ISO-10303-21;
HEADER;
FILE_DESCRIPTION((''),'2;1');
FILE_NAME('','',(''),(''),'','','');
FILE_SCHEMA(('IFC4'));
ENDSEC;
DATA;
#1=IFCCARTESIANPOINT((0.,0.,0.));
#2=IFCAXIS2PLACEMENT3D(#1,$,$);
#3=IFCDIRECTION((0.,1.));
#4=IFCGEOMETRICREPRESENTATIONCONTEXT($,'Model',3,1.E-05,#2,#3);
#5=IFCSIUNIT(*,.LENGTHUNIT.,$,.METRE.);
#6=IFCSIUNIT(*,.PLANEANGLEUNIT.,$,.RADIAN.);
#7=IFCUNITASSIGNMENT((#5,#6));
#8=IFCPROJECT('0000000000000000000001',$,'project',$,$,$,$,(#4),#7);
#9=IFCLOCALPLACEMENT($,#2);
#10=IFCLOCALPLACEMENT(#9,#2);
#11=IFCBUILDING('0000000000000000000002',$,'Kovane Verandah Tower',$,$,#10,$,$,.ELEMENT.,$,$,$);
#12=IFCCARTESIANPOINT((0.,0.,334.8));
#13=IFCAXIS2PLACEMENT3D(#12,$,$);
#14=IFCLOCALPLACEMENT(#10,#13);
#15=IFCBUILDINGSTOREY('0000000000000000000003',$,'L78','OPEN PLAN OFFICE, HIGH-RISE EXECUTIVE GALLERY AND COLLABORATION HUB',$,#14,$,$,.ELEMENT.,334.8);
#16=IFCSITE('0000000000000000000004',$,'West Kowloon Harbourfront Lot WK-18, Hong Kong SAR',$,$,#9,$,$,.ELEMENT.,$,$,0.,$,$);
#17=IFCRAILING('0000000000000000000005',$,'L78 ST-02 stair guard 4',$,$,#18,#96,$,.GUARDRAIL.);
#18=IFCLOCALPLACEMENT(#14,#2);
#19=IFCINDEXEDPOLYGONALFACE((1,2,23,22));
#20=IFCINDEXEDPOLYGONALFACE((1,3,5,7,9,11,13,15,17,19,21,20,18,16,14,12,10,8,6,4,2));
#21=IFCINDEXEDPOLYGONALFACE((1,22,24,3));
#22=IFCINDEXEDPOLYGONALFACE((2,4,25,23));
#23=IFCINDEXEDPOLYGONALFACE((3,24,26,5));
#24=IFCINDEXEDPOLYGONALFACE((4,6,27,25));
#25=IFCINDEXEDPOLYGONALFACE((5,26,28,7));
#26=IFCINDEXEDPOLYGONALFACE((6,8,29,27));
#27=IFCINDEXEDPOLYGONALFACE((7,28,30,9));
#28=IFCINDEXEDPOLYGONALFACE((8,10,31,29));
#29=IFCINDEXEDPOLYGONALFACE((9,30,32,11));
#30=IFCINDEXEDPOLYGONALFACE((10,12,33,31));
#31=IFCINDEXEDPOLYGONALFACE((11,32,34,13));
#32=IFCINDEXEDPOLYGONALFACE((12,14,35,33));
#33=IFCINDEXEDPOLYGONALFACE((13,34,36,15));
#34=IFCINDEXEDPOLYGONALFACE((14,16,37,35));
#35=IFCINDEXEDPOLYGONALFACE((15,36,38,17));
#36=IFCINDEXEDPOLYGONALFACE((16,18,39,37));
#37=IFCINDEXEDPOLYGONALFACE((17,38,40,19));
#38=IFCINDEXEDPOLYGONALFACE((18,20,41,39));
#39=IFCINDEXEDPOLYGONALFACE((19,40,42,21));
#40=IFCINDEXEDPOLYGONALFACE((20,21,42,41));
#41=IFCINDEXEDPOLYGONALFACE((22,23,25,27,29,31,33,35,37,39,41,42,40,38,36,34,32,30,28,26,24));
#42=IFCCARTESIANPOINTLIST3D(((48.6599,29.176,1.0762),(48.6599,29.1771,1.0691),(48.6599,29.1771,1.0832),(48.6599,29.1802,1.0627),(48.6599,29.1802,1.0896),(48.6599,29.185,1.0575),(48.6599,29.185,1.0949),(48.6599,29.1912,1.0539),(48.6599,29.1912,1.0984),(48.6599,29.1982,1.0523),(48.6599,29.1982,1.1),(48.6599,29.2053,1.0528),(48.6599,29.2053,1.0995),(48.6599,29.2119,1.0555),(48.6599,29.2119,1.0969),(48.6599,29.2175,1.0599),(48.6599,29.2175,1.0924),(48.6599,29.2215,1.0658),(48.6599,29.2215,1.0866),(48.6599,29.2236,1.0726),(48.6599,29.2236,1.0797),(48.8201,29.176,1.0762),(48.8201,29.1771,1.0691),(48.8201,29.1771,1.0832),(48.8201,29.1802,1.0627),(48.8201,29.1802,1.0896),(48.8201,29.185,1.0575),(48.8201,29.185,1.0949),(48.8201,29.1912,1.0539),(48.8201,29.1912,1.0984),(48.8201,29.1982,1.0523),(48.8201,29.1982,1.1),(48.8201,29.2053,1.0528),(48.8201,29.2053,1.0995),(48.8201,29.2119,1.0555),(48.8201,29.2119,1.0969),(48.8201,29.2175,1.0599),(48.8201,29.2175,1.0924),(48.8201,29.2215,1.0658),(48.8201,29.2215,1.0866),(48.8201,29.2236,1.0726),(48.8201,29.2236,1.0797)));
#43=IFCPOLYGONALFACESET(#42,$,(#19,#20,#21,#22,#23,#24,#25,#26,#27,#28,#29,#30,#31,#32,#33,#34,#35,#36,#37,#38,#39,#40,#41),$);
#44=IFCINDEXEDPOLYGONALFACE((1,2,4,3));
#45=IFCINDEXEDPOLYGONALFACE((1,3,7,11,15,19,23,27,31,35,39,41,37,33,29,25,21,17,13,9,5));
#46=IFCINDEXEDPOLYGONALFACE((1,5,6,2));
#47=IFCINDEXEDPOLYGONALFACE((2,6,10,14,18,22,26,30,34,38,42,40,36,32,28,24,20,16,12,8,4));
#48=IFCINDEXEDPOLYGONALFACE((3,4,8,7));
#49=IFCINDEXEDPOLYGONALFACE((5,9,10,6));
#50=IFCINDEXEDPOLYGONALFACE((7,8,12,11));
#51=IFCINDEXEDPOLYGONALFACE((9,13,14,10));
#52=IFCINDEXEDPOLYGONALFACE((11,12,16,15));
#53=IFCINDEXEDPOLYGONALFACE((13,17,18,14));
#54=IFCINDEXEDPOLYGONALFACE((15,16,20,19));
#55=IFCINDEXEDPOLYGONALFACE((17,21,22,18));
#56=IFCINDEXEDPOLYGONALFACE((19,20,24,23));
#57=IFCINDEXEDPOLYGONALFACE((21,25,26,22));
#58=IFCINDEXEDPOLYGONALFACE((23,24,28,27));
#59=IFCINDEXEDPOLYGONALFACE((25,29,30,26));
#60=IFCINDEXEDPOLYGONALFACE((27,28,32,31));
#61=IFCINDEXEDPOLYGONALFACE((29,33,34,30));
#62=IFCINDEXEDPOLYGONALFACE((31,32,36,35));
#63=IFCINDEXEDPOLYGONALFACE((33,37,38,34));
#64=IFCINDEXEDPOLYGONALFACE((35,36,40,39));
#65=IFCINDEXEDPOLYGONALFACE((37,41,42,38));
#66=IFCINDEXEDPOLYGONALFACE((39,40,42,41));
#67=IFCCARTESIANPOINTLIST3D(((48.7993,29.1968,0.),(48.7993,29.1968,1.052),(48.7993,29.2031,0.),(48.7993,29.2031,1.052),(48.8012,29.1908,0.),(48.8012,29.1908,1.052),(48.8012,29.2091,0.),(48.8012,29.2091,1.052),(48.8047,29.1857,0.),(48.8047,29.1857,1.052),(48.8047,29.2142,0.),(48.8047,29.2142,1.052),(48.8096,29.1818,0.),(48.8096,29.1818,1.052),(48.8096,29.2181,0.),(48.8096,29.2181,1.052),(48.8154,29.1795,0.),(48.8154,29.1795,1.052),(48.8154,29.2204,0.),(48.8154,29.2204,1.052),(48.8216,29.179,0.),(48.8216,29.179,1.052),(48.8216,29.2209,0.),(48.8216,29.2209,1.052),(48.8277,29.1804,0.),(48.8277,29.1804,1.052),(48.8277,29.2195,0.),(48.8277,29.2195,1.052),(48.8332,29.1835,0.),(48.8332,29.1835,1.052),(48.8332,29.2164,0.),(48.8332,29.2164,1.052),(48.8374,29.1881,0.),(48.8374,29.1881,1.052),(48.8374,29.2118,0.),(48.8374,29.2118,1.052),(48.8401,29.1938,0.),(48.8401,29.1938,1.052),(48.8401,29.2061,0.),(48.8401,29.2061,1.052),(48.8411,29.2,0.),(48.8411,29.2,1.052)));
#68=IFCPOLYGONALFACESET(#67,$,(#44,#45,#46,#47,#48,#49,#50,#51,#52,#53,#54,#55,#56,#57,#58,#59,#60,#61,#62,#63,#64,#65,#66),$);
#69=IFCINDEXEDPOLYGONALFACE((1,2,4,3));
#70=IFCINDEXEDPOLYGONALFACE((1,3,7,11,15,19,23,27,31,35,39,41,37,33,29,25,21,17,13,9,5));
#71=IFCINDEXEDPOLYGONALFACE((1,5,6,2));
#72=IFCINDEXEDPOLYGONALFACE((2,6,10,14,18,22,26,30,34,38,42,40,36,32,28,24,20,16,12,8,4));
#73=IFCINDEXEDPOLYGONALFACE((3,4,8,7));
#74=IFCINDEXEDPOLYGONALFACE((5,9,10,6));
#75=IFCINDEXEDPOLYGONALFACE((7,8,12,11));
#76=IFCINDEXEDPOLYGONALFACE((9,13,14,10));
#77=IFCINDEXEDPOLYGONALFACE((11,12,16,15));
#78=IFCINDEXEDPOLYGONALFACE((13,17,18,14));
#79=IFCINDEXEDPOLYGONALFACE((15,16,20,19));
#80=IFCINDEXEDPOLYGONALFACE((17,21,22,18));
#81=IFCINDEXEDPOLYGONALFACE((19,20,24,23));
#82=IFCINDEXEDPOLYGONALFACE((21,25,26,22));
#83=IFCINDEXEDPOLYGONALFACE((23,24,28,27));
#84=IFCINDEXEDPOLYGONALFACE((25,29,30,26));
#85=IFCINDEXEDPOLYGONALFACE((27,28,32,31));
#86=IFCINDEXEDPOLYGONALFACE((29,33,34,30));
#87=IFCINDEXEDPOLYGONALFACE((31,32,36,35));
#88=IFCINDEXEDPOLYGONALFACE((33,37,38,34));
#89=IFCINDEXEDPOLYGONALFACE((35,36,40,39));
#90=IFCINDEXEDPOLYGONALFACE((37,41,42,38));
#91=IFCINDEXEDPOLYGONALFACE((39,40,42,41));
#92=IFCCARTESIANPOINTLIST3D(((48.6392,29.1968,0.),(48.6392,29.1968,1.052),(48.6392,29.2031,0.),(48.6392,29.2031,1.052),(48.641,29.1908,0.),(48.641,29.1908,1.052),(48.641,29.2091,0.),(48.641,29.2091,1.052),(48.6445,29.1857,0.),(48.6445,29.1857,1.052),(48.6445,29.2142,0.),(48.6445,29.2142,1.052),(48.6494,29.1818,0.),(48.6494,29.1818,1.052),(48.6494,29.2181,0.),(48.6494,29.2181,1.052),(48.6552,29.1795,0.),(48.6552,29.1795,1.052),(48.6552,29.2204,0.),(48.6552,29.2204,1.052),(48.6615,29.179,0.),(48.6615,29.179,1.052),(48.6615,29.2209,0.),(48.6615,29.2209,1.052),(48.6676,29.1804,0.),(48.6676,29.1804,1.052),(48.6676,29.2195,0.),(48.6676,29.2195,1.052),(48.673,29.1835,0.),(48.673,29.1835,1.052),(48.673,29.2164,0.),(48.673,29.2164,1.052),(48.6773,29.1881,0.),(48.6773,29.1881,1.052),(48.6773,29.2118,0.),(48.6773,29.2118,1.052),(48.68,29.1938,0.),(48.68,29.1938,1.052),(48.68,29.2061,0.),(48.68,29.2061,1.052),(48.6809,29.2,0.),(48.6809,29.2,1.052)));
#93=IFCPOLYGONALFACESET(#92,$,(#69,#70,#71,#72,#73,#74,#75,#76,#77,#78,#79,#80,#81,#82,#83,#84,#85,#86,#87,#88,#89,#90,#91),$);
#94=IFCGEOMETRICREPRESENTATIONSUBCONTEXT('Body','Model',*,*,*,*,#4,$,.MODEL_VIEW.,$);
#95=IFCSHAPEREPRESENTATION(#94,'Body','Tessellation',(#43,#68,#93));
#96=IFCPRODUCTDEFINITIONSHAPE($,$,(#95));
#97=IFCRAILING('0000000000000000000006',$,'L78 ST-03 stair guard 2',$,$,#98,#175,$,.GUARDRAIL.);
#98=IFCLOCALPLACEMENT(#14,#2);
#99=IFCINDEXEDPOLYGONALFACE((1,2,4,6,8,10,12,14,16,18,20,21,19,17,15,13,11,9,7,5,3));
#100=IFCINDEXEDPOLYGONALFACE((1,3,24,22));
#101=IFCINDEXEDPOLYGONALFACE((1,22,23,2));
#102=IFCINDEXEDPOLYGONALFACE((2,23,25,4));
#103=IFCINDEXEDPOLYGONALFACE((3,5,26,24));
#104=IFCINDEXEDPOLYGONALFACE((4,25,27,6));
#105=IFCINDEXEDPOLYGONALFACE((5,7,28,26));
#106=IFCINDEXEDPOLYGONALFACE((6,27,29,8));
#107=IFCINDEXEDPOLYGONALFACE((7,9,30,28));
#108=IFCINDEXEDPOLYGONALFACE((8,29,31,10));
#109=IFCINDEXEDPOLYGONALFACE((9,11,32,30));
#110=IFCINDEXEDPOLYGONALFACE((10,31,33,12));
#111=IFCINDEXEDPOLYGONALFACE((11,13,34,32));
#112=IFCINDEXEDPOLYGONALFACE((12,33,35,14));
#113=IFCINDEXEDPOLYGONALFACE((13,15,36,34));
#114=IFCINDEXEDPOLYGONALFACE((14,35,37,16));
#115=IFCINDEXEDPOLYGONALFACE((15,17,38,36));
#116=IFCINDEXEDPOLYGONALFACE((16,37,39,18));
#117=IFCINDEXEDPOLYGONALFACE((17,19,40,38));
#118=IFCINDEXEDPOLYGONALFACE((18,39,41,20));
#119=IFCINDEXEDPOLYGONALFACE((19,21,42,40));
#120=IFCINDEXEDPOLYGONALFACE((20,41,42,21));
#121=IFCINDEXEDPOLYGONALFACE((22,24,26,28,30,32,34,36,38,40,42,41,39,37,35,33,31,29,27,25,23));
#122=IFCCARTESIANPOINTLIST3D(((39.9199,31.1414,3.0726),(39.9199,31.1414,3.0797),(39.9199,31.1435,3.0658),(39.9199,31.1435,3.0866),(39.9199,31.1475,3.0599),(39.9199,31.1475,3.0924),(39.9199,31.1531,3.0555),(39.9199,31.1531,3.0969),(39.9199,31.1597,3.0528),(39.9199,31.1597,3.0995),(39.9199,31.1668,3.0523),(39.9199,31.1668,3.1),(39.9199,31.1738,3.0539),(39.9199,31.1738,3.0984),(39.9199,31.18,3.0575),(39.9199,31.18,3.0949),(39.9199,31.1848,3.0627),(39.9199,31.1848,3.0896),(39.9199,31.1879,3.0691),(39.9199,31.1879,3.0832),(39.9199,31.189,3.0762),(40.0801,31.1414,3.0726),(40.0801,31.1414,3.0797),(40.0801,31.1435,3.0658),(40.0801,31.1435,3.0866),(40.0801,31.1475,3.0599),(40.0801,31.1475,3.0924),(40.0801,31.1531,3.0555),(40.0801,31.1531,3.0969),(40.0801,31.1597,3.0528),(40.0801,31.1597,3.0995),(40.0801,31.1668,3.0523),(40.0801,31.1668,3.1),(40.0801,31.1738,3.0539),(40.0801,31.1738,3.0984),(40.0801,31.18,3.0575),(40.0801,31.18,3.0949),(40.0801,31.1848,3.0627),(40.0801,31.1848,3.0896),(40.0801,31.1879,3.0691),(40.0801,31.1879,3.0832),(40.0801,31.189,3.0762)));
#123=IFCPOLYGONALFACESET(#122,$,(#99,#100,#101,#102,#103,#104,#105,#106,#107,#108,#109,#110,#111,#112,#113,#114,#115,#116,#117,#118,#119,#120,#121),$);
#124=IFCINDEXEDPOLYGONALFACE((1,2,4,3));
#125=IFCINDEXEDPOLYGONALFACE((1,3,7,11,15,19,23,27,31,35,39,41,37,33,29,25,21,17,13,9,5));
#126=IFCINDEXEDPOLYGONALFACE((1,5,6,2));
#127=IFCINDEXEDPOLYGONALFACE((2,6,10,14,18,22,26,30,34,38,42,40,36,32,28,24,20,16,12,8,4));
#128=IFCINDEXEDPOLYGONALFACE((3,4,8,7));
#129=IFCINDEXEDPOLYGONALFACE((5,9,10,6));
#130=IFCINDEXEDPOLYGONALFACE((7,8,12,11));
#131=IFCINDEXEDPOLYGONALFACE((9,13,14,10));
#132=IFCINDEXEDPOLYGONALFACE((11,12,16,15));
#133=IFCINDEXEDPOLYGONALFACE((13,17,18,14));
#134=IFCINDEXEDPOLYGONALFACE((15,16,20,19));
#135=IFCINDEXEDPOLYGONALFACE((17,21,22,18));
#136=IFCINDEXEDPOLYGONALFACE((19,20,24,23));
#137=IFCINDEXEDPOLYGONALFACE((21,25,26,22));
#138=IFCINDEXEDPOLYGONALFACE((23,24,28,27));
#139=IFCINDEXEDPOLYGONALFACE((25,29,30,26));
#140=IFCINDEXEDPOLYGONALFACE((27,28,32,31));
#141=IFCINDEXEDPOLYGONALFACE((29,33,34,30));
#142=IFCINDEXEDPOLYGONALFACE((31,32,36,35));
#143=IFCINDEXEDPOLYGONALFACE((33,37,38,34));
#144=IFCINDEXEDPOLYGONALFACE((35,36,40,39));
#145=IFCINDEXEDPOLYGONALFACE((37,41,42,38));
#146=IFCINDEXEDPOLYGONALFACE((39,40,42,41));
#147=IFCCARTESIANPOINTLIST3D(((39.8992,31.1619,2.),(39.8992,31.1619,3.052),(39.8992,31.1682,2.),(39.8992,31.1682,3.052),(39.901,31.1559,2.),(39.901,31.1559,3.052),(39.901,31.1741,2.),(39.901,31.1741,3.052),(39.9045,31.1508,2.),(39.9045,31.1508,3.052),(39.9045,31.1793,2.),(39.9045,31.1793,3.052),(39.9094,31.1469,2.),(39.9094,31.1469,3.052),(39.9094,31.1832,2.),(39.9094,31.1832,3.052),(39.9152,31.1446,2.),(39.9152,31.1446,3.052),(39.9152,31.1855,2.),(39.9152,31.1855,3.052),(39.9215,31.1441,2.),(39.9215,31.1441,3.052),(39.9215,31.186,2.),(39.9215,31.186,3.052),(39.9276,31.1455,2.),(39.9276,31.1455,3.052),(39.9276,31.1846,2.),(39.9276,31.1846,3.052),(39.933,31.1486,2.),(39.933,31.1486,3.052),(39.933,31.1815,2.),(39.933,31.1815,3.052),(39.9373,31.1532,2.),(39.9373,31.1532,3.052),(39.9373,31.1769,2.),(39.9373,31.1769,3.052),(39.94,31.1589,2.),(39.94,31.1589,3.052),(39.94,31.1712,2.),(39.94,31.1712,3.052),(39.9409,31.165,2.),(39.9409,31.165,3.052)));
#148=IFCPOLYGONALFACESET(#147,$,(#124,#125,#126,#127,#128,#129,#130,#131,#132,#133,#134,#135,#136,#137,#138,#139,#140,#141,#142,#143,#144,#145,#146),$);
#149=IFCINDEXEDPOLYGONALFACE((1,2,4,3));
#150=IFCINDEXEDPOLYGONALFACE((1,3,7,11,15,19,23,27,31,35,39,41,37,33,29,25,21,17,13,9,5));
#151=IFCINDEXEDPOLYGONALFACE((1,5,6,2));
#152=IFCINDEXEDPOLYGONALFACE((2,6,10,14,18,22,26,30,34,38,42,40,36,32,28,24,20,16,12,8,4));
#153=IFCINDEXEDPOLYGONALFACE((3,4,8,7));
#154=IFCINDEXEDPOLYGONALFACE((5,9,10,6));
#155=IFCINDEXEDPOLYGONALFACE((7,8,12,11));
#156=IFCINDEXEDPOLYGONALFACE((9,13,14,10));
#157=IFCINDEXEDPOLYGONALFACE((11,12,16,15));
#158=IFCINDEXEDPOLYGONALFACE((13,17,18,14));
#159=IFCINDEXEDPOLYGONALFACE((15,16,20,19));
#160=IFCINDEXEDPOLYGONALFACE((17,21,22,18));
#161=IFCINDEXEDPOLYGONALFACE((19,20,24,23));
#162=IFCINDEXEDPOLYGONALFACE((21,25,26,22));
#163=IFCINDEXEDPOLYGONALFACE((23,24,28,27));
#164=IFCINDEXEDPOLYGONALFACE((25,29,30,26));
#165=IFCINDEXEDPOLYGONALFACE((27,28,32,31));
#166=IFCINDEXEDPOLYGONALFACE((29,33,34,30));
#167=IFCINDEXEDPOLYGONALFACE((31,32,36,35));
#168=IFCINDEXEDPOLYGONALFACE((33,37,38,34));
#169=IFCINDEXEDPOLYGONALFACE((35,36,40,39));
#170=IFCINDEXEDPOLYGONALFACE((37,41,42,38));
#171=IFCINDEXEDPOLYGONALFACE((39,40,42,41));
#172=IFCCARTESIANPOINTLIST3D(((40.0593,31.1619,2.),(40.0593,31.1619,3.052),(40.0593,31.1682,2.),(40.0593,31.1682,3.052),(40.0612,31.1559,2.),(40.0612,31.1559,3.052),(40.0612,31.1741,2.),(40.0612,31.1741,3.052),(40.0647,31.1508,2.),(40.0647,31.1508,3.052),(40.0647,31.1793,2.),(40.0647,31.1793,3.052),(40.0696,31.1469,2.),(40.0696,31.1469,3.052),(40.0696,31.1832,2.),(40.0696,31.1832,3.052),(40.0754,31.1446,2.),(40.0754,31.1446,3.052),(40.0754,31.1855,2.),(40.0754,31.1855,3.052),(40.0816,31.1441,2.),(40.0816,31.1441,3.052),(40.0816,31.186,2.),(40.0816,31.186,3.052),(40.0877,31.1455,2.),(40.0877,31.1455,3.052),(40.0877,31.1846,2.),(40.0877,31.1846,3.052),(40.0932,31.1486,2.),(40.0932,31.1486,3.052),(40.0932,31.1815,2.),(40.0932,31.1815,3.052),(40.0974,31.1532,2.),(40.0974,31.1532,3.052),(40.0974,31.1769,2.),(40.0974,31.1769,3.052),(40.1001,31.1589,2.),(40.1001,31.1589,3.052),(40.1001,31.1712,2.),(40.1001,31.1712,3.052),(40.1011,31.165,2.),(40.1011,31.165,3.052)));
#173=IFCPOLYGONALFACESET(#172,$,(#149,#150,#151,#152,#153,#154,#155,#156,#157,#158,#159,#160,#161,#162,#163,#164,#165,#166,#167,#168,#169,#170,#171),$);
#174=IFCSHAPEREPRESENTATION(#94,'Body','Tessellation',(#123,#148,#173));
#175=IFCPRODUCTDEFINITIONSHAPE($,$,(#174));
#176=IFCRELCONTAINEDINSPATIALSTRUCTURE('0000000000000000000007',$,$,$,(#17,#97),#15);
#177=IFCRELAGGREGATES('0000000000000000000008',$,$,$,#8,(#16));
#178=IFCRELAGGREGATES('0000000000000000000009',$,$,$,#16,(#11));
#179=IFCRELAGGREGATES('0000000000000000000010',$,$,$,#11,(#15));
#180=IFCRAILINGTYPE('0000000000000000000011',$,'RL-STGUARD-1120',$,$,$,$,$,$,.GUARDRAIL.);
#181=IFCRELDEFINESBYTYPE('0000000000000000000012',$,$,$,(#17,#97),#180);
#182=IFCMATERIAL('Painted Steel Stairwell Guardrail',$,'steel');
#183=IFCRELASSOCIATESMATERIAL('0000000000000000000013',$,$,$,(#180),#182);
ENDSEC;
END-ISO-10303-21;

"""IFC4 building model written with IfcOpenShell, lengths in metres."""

from ifc_helpers import new_model, si_unit, direction, frame, origin, origin_2d, place, context, subcontext, project, spatial, circle, extrude, material, type_object, element, save


model = new_model("IFC4")

# Units and contexts
model_context = context("Model", 3, precision=1e-05, world=origin(), true_north=direction((0.0, 1.0)))
body_context = subcontext(model_context, "Body", "Model", "MODEL_VIEW")
ifc_project = project(units=[si_unit("LENGTHUNIT", "METRE"), si_unit("PLANEANGLEUNIT", "RADIAN")], contexts=[model_context])

# Site, building, storey
site_placement = place(None, origin())
site = spatial("IfcSite", under=ifc_project, at=site_placement, Name="West Kowloon Harbourfront Lot WK-18, Hong Kong SAR", CompositionType="ELEMENT", RefElevation=0.0)
building_placement = place(site_placement, origin())
building = spatial("IfcBuilding", under=site, at=building_placement, Name="Kovane Verandah Tower", CompositionType="ELEMENT")
storey_placement = place(building_placement, frame((0.0, 0.0, 334.8)))
storey = spatial("IfcBuildingStorey", under=building, at=storey_placement, Name="L78", Description="OPEN PLAN OFFICE, HIGH-RISE EXECUTIVE GALLERY AND COLLABORATION HUB", CompositionType="ELEMENT", Elevation=334.8)

# Railings
ifc_material_1 = material(Name="Painted Steel Stairwell Guardrail", Category="steel")
railing_type_1 = type_object("IfcRailingType", Name="RL-STGUARD-1120", PredefinedType="GUARDRAIL", material=ifc_material_1)
railing_1_placement = place(storey_placement, frame((48.8201, 29.2, 0.0)))
element("IfcRailing", 1, at=railing_1_placement, inside=storey, type_object=railing_type_1, Name="L78 ST-02 stair guard 4", PredefinedType="GUARDRAIL", context=body_context, shape_type="SweptSolid", body=[
    extrude(circle(Radius=0.0239, at=origin_2d()), frame((0.0, 0.0, 1.0762), z_axis=(-1.0, 0.0, 0.0), x_axis=(0.0, -1.0, 0.0)), (0.0, 0.0, 1.0), 0.1602),
    extrude(circle(Radius=0.021, at=origin_2d()), origin(), (0.0, 0.0, 1.0), 1.052),
    extrude(circle(Radius=0.021, at=origin_2d()), frame((-0.1602, 0.0, 0.0)), (0.0, 0.0, 1.0), 1.052),
])
railing_2_placement = place(storey_placement, frame((39.9199, 31.165, 2.0)))
element("IfcRailing", 2, at=railing_2_placement, inside=storey, type_object=railing_type_1, Name="L78 ST-03 stair guard 2", PredefinedType="GUARDRAIL", context=body_context, shape_type="SweptSolid", body=[
    extrude(circle(Radius=0.0239, at=origin_2d()), frame((0.0, 0.0, 1.0762), z_axis=(1.0, 0.0, 0.0), x_axis=(0.0, 1.0, 0.0)), (0.0, 0.0, 1.0), 0.1602),
    extrude(circle(Radius=0.021, at=origin_2d()), origin(), (0.0, 0.0, 1.0), 1.052),
    extrude(circle(Radius=0.021, at=origin_2d()), frame((0.1602, 0.0, 0.0)), (0.0, 0.0, 1.0), 1.052),
])

save(model, "model.ifc")
